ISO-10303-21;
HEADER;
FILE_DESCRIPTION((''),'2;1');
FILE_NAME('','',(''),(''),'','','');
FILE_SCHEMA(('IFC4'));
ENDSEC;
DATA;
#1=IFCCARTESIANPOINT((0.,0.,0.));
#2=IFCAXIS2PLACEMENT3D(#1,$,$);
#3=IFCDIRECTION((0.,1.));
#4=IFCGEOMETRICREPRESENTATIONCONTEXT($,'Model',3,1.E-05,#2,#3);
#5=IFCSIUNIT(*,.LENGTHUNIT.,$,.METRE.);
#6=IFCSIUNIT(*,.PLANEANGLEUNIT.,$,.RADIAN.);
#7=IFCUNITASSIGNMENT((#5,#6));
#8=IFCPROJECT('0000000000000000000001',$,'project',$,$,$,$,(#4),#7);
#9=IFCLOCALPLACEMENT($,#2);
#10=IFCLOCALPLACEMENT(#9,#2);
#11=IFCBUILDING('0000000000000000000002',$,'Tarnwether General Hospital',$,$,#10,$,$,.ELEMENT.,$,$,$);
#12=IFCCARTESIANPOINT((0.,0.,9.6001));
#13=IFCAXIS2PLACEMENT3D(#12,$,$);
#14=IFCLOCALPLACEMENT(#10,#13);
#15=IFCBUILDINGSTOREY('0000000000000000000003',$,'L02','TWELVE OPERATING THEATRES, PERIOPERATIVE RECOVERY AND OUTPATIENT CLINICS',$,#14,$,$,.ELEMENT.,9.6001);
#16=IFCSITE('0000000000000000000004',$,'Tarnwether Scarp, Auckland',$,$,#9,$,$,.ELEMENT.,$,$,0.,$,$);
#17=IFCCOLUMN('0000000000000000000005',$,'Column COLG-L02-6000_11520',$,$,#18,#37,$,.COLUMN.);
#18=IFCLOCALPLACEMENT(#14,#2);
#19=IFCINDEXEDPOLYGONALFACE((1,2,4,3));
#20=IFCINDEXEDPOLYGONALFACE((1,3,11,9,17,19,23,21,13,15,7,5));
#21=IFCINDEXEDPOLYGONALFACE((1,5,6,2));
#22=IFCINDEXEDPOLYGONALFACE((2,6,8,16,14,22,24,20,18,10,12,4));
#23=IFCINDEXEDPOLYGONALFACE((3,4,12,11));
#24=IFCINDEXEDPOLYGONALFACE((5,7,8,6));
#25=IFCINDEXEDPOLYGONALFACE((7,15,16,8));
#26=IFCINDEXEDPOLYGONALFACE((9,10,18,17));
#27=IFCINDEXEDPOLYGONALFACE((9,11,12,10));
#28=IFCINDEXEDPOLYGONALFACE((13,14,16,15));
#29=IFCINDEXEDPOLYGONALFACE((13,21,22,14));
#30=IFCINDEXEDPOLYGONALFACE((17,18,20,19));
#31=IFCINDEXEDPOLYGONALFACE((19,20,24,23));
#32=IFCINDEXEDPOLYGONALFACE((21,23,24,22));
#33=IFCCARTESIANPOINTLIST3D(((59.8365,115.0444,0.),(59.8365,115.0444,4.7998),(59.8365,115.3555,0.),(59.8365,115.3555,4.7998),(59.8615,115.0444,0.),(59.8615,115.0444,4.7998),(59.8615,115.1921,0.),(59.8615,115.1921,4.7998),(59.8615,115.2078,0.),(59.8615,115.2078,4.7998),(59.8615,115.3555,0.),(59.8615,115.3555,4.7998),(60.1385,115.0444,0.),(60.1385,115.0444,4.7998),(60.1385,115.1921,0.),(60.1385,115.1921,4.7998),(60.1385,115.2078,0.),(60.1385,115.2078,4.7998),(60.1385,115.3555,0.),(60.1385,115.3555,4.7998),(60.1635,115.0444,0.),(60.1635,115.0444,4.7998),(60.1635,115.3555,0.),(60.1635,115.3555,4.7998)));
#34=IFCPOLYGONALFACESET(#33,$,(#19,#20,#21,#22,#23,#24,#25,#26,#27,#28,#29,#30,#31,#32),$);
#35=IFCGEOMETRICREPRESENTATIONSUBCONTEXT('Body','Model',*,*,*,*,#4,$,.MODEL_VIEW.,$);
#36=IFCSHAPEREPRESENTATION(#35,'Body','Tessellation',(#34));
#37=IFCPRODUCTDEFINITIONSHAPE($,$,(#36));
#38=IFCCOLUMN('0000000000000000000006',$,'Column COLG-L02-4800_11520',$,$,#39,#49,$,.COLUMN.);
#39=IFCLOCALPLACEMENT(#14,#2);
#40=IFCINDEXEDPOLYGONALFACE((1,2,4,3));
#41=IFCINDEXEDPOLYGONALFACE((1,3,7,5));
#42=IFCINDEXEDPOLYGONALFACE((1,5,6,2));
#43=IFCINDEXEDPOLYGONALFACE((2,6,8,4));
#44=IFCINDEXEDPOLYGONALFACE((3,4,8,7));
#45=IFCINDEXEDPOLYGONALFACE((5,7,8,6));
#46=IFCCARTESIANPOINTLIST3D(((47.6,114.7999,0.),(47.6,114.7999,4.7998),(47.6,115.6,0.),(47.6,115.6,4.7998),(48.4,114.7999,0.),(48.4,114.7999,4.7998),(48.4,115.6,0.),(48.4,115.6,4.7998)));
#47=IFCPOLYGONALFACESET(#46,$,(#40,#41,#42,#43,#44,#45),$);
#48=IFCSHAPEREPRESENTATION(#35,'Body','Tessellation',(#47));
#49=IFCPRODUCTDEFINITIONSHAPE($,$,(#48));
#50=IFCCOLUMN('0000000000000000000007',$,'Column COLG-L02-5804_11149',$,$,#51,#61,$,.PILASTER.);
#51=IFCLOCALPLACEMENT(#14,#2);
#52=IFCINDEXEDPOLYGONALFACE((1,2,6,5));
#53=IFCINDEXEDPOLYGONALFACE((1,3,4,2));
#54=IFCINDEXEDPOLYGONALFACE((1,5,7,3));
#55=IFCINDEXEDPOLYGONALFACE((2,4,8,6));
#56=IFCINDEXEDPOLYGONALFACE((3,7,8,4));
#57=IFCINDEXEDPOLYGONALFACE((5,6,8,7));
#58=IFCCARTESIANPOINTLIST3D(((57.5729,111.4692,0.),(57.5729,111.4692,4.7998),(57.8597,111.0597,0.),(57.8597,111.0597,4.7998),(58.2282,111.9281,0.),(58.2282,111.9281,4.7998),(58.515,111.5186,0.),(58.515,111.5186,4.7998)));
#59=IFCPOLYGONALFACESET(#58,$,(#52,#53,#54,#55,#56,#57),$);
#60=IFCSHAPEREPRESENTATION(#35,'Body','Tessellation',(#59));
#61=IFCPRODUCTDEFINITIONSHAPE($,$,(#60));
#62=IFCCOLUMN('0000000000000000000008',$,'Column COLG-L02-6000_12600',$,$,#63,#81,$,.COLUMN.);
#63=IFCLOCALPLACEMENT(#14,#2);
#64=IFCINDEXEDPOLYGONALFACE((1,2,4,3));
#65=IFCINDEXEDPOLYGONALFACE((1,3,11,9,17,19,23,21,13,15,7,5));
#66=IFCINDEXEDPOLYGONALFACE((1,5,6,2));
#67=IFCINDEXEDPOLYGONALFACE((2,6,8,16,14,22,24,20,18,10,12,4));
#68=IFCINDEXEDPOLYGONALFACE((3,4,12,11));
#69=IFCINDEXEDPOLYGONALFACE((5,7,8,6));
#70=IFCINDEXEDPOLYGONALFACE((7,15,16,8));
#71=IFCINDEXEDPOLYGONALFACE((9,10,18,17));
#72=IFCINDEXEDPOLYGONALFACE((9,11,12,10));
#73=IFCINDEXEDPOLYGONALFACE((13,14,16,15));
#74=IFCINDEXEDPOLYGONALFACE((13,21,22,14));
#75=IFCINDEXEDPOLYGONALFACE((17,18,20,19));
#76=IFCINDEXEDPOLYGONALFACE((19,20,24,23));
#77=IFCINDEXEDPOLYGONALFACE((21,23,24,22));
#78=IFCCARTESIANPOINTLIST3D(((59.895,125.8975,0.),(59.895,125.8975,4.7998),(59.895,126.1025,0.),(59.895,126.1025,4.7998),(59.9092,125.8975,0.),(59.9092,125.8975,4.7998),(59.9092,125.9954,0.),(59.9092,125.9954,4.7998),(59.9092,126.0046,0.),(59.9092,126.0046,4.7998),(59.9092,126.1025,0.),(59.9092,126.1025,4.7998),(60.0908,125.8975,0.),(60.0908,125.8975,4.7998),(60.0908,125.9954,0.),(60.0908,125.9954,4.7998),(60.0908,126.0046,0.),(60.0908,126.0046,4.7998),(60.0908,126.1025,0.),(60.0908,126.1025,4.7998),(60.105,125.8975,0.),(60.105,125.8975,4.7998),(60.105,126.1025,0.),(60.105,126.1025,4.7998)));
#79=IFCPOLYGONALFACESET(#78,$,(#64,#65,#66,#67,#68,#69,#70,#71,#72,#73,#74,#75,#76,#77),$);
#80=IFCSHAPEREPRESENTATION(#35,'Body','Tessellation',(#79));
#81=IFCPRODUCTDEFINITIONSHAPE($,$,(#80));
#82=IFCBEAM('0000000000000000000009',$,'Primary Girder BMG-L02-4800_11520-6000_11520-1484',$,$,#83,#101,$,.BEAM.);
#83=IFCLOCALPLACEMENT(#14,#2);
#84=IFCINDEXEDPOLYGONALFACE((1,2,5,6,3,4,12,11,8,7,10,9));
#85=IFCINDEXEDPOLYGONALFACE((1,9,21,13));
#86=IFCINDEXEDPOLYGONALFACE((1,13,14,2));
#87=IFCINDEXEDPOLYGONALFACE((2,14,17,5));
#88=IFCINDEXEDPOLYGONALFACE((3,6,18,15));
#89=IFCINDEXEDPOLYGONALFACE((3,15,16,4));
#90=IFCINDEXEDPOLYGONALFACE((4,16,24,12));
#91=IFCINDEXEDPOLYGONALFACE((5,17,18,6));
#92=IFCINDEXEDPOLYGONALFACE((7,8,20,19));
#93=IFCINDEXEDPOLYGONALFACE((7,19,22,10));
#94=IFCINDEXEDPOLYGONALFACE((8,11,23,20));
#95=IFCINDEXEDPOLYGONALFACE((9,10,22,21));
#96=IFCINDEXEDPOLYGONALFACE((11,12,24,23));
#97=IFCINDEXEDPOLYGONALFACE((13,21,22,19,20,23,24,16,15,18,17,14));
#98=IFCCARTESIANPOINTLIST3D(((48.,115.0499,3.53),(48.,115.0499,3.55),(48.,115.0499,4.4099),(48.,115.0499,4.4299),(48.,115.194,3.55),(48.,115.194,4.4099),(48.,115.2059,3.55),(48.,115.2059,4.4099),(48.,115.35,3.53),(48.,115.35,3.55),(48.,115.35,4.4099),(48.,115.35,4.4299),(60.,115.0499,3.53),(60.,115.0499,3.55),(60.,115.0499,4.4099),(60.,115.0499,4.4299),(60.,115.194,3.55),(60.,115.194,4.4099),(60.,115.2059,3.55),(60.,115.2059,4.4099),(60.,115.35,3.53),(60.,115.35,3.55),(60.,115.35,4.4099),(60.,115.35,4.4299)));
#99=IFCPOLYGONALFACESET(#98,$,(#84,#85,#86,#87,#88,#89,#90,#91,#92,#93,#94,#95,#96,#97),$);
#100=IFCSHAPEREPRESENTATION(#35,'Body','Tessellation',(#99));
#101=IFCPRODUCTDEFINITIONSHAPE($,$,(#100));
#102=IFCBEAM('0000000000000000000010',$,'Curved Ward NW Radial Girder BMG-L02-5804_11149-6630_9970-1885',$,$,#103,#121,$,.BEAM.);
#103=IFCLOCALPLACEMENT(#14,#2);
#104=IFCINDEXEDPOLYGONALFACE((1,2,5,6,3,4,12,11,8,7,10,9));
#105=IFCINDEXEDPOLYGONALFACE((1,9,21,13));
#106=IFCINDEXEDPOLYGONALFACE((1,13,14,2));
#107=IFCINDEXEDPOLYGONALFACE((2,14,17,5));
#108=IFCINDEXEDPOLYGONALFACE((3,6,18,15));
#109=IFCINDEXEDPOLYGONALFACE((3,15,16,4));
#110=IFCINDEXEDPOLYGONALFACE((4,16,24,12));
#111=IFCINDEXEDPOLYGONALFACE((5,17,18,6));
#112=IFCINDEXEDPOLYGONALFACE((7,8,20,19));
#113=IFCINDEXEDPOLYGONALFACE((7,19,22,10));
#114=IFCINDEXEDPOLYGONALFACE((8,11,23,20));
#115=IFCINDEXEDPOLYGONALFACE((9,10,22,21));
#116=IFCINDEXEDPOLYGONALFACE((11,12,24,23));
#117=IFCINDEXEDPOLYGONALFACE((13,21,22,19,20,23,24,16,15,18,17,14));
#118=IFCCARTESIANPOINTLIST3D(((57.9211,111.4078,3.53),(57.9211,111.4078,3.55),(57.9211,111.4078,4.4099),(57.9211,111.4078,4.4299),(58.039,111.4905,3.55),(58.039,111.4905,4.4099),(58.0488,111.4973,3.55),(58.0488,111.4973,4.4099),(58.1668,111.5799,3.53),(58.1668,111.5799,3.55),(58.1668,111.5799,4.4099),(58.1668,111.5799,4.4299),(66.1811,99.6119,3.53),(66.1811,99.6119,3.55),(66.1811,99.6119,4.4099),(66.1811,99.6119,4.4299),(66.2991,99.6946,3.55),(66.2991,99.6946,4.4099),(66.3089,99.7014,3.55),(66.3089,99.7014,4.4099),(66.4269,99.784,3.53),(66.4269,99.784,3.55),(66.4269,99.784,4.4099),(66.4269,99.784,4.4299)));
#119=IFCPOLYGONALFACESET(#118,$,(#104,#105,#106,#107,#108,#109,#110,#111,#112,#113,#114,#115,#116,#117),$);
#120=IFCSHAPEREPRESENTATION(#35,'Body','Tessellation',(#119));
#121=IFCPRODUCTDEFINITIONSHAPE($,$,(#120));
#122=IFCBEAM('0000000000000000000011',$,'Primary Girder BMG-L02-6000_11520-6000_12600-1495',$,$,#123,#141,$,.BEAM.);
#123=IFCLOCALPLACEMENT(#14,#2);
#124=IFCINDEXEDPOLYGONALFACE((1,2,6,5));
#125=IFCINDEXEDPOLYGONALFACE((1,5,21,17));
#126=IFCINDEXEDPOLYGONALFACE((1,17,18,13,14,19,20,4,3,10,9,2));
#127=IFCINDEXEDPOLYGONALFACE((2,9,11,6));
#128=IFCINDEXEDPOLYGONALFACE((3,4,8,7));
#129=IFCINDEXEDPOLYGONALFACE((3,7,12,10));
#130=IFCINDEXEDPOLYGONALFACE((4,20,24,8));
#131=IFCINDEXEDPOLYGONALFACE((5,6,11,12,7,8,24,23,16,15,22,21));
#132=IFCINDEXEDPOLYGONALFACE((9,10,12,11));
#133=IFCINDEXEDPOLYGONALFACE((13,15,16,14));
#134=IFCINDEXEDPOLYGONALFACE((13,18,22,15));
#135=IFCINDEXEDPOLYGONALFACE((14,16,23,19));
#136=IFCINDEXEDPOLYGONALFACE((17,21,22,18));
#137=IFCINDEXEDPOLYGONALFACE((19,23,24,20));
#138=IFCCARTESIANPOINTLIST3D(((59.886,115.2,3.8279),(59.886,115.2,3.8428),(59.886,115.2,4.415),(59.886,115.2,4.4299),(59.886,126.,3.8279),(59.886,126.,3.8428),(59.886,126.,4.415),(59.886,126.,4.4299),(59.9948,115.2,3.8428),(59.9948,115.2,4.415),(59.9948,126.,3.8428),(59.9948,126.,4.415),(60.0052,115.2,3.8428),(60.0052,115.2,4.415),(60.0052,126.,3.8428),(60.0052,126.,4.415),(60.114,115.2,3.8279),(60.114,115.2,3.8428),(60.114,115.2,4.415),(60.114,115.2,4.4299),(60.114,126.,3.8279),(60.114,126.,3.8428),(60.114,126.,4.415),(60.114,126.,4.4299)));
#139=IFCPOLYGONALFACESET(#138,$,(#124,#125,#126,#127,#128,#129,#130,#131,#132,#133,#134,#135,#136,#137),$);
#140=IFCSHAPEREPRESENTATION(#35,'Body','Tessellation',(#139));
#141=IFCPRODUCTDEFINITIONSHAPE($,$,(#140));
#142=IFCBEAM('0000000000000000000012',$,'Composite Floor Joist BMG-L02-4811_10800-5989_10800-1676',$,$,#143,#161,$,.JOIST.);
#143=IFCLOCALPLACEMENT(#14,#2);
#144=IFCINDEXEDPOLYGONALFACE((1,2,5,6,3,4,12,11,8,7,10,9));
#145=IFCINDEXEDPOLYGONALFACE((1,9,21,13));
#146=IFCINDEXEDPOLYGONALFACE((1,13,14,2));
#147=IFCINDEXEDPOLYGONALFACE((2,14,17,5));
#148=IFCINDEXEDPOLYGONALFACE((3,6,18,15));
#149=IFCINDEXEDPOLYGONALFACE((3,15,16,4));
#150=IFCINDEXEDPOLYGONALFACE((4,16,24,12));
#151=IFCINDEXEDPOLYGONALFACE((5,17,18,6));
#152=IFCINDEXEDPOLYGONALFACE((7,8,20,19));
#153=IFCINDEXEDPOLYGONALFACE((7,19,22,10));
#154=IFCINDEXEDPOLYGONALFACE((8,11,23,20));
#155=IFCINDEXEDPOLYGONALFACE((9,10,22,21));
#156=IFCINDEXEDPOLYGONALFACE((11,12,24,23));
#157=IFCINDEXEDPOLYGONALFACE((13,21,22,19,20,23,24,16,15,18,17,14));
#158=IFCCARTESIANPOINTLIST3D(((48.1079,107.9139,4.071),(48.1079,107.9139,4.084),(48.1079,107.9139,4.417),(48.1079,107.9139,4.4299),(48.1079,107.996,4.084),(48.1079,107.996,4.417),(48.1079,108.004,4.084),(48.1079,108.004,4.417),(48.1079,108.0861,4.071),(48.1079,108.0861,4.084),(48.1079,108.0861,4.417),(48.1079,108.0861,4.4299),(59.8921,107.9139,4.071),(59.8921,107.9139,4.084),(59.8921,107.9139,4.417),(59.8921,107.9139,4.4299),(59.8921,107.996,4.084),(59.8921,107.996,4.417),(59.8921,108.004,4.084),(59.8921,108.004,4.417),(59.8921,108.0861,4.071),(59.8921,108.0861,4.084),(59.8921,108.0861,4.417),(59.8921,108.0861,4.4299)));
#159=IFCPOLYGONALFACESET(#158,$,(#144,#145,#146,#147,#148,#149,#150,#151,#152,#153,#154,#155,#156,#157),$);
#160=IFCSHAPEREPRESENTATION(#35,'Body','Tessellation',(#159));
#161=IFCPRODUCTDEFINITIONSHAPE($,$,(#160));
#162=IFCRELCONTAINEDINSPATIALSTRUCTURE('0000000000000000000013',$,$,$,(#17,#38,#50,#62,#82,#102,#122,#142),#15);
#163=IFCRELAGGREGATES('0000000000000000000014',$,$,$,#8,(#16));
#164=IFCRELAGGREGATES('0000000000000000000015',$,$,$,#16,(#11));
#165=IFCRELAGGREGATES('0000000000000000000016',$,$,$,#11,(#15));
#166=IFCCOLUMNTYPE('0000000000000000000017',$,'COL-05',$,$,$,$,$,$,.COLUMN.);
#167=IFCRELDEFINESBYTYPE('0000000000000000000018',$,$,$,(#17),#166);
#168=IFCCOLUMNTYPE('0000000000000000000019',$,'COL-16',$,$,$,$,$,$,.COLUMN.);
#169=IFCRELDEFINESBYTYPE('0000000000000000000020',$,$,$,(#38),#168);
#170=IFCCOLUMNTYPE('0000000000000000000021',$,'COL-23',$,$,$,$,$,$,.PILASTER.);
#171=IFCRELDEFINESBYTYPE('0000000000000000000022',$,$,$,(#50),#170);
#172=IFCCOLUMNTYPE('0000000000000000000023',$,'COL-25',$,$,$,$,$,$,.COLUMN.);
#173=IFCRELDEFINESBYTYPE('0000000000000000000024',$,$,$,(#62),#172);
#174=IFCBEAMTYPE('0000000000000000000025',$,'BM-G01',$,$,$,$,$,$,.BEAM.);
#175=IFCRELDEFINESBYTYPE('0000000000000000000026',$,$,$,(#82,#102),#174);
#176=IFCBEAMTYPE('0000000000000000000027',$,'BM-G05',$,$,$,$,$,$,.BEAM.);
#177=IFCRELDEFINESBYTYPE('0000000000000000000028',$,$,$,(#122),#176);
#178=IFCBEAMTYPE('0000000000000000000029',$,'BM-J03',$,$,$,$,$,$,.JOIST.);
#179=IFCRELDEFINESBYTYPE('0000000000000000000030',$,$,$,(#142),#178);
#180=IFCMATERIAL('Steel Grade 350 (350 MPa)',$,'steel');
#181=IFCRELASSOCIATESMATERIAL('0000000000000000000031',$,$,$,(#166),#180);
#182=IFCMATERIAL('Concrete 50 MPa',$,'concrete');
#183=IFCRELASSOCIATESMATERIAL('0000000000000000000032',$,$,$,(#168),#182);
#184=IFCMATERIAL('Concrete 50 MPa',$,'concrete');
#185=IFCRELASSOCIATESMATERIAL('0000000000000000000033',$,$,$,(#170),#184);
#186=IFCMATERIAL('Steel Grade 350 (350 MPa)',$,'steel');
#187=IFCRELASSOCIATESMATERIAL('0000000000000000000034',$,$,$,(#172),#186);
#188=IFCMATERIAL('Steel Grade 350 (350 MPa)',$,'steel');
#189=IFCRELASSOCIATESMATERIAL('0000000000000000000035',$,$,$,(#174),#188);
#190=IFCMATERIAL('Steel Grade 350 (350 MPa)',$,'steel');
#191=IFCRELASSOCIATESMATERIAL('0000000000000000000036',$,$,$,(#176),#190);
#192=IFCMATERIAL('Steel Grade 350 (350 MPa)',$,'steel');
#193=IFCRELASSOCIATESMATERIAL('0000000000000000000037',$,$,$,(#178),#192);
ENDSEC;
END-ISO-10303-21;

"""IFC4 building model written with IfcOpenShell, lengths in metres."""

from ifc_helpers import new_model, si_unit, direction, frame, origin, origin_2d, place, context, subcontext, project, spatial, rectangle, i_section, extrude, material, material_profile, profile_set, type_object, element, save


model = new_model("IFC4")

# Units and contexts
model_context = context("Model", 3, precision=1e-05, world=origin(), true_north=direction((0.0, 1.0)))
body_context = subcontext(model_context, "Body", "Model", "MODEL_VIEW")
ifc_project = project(units=[si_unit("LENGTHUNIT", "METRE"), si_unit("PLANEANGLEUNIT", "RADIAN")], contexts=[model_context])

# Site, building, storey
site_placement = place(None, origin())
site = spatial("IfcSite", under=ifc_project, at=site_placement, Name="Tarnwether Scarp, Auckland", CompositionType="ELEMENT", RefElevation=0.0)
building_placement = place(site_placement, origin())
building = spatial("IfcBuilding", under=site, at=building_placement, Name="Tarnwether General Hospital", CompositionType="ELEMENT")
storey_placement = place(building_placement, frame((0.0, 0.0, 9.6001)))
storey = spatial("IfcBuildingStorey", under=building, at=storey_placement, Name="L02", Description="TWELVE OPERATING THEATRES, PERIOPERATIVE RECOVERY AND OUTPATIENT CLINICS", CompositionType="ELEMENT", Elevation=9.6001)

# Columns
ifc_material_1 = material(Name="Steel Grade 350 (350 MPa)", Category="steel")
ifc_material_profile_1 = material_profile(ifc_material_1, i_section(OverallWidth=0.311, OverallDepth=0.3269, WebThickness=0.0156, FlangeThickness=0.0249, at=origin_2d()), Name="310UC158")
ifc_profile_set_1 = profile_set([ifc_material_profile_1], Name="Steel Grade 350 (350 MPa)")
column_type_1 = type_object("IfcColumnType", Name="COL-05", PredefinedType="COLUMN", material=ifc_profile_set_1)
column_1_placement = place(storey_placement, frame((60.0, 115.2, 0.0), z_axis=(0.0, 0.0, 1.0), x_axis=(0.0, 1.0, 0.0)))
element("IfcColumn", 1, at=column_1_placement, inside=storey, type_object=column_type_1, Name="Column COLG-L02-6000_11520", PredefinedType="COLUMN", context=body_context, shape_type="SweptSolid", body=[
    extrude(i_section(OverallWidth=0.311, OverallDepth=0.3269, WebThickness=0.0156, FlangeThickness=0.0249, at=origin_2d()), origin(), (0.0, 0.0, 1.0), 4.7998),
])
ifc_material_2 = material(Name="Concrete 50 MPa", Category="concrete")
ifc_material_profile_2 = material_profile(ifc_material_2, rectangle(XDim=0.8, YDim=0.8, at=origin_2d()), Name="RC-COL-800x800")
ifc_profile_set_2 = profile_set([ifc_material_profile_2], Name="Concrete 50 MPa")
column_type_2 = type_object("IfcColumnType", Name="COL-16", PredefinedType="COLUMN", material=ifc_profile_set_2)
column_2_placement = place(storey_placement, frame((48.0, 115.2, 0.0), z_axis=(0.0, 0.0, 1.0), x_axis=(1.0, 0.0, 0.0)))
element("IfcColumn", 2, at=column_2_placement, inside=storey, type_object=column_type_2, Name="Column COLG-L02-4800_11520", PredefinedType="COLUMN", context=body_context, shape_type="SweptSolid", body=[
    extrude(rectangle(XDim=0.8, YDim=0.8, at=origin_2d()), origin(), (0.0, 0.0, 1.0), 4.7998),
])
ifc_material_3 = material(Name="Concrete 50 MPa", Category="concrete")
ifc_material_profile_3 = material_profile(ifc_material_3, rectangle(XDim=0.5, YDim=0.8, at=origin_2d()), Name="RC-PIL-500x800")
ifc_profile_set_3 = profile_set([ifc_material_profile_3], Name="Concrete 50 MPa")
column_type_3 = type_object("IfcColumnType", Name="COL-23", PredefinedType="PILASTER", material=ifc_profile_set_3)
column_3_placement = place(storey_placement, frame((58.0439, 111.4939, 0.0), z_axis=(0.0, 0.0, 1.0), x_axis=(-0.573576, 0.819152, 0.0)))
element("IfcColumn", 3, at=column_3_placement, inside=storey, type_object=column_type_3, Name="Column COLG-L02-5804_11149", PredefinedType="PILASTER", context=body_context, shape_type="SweptSolid", body=[
    extrude(rectangle(XDim=0.5, YDim=0.8, at=origin_2d()), origin(), (0.0, 0.0, 1.0), 4.7998),
])
ifc_material_4 = material(Name="Steel Grade 350 (350 MPa)", Category="steel")
ifc_material_profile_4 = material_profile(ifc_material_4, i_section(OverallWidth=0.2051, OverallDepth=0.21, WebThickness=0.0093, FlangeThickness=0.0142, at=origin_2d()), Name="200UC59.5")
ifc_profile_set_4 = profile_set([ifc_material_profile_4], Name="Steel Grade 350 (350 MPa)")
column_type_4 = type_object("IfcColumnType", Name="COL-25", PredefinedType="COLUMN", material=ifc_profile_set_4)
column_4_placement = place(storey_placement, frame((60.0, 126.0, 0.0), z_axis=(0.0, 0.0, 1.0), x_axis=(0.0, 1.0, 0.0)))
element("IfcColumn", 4, at=column_4_placement, inside=storey, type_object=column_type_4, Name="Column COLG-L02-6000_12600", PredefinedType="COLUMN", context=body_context, shape_type="SweptSolid", body=[
    extrude(i_section(OverallWidth=0.2051, OverallDepth=0.21, WebThickness=0.0093, FlangeThickness=0.0142, at=origin_2d()), origin(), (0.0, 0.0, 1.0), 4.7998),
])

# Beams
ifc_material_5 = material(Name="Steel Grade 350 (350 MPa)", Category="steel")
ifc_material_profile_5 = material_profile(ifc_material_5, i_section(OverallWidth=0.3, OverallDepth=0.8999, WebThickness=0.012, FlangeThickness=0.02, at=origin_2d()), Name="900WB175")
ifc_profile_set_5 = profile_set([ifc_material_profile_5], Name="Steel Grade 350 (350 MPa)")
beam_type_1 = type_object("IfcBeamType", Name="BM-G01", PredefinedType="BEAM", material=ifc_profile_set_5)
beam_1_placement = place(storey_placement, frame((48.0, 115.2, 3.98), z_axis=(1.0, 0.0, 0.0), x_axis=(0.0, 1.0, 0.0)))
element("IfcBeam", 5, at=beam_1_placement, inside=storey, type_object=beam_type_1, Name="Primary Girder BMG-L02-4800_11520-6000_11520-1484", PredefinedType="BEAM", context=body_context, shape_type="SweptSolid", body=[
    extrude(i_section(OverallWidth=0.3, OverallDepth=0.8999, WebThickness=0.012, FlangeThickness=0.02, at=origin_2d()), origin(), (0.0, 0.0, 1.0), 12.0),
])
beam_2_placement = place(storey_placement, frame((58.0439, 111.4939, 3.98), z_axis=(0.573597, -0.819138, 0.0), x_axis=(0.819138, 0.573597, 0.0)))
element("IfcBeam", 6, at=beam_2_placement, inside=storey, type_object=beam_type_1, Name="Curved Ward NW Radial Girder BMG-L02-5804_11149-6630_9970-1885", PredefinedType="BEAM", context=body_context, shape_type="SweptSolid", body=[
    extrude(i_section(OverallWidth=0.3, OverallDepth=0.8999, WebThickness=0.012, FlangeThickness=0.02, at=origin_2d()), origin(), (0.0, 0.0, 1.0), 14.4004),
])
ifc_material_6 = material(Name="Steel Grade 350 (350 MPa)", Category="steel")
ifc_material_profile_6 = material_profile(ifc_material_6, i_section(OverallWidth=0.228, OverallDepth=0.6021, WebThickness=0.0105, FlangeThickness=0.0149, at=origin_2d()), Name="610UB101")
ifc_profile_set_6 = profile_set([ifc_material_profile_6], Name="Steel Grade 350 (350 MPa)")
beam_type_2 = type_object("IfcBeamType", Name="BM-G05", PredefinedType="BEAM", material=ifc_profile_set_6)
beam_3_placement = place(storey_placement, frame((60.0, 115.2, 4.1289), z_axis=(0.0, 1.0, 0.0), x_axis=(-1.0, 0.0, 0.0)))
element("IfcBeam", 7, at=beam_3_placement, inside=storey, type_object=beam_type_2, Name="Primary Girder BMG-L02-6000_11520-6000_12600-1495", PredefinedType="BEAM", context=body_context, shape_type="SweptSolid", body=[
    extrude(i_section(OverallWidth=0.228, OverallDepth=0.6021, WebThickness=0.0105, FlangeThickness=0.0149, at=origin_2d()), origin(), (0.0, 0.0, 1.0), 10.8),
])
ifc_material_7 = material(Name="Steel Grade 350 (350 MPa)", Category="steel")
ifc_material_profile_7 = material_profile(ifc_material_7, i_section(OverallWidth=0.1721, OverallDepth=0.3589, WebThickness=0.0081, FlangeThickness=0.0129, at=origin_2d()), Name="360UB56.7")
ifc_profile_set_7 = profile_set([ifc_material_profile_7], Name="Steel Grade 350 (350 MPa)")
beam_type_3 = type_object("IfcBeamType", Name="BM-J03", PredefinedType="JOIST", material=ifc_profile_set_7)
beam_4_placement = place(storey_placement, frame((48.1079, 108.0, 4.2505), z_axis=(1.0, 0.0, 0.0), x_axis=(0.0, 1.0, 0.0)))
element("IfcBeam", 8, at=beam_4_placement, inside=storey, type_object=beam_type_3, Name="Composite Floor Joist BMG-L02-4811_10800-5989_10800-1676", PredefinedType="JOIST", context=body_context, shape_type="SweptSolid", body=[
    extrude(i_section(OverallWidth=0.1721, OverallDepth=0.3589, WebThickness=0.0081, FlangeThickness=0.0129, at=origin_2d()), origin(), (0.0, 0.0, 1.0), 11.7842),
])

save(model, "model.ifc")
